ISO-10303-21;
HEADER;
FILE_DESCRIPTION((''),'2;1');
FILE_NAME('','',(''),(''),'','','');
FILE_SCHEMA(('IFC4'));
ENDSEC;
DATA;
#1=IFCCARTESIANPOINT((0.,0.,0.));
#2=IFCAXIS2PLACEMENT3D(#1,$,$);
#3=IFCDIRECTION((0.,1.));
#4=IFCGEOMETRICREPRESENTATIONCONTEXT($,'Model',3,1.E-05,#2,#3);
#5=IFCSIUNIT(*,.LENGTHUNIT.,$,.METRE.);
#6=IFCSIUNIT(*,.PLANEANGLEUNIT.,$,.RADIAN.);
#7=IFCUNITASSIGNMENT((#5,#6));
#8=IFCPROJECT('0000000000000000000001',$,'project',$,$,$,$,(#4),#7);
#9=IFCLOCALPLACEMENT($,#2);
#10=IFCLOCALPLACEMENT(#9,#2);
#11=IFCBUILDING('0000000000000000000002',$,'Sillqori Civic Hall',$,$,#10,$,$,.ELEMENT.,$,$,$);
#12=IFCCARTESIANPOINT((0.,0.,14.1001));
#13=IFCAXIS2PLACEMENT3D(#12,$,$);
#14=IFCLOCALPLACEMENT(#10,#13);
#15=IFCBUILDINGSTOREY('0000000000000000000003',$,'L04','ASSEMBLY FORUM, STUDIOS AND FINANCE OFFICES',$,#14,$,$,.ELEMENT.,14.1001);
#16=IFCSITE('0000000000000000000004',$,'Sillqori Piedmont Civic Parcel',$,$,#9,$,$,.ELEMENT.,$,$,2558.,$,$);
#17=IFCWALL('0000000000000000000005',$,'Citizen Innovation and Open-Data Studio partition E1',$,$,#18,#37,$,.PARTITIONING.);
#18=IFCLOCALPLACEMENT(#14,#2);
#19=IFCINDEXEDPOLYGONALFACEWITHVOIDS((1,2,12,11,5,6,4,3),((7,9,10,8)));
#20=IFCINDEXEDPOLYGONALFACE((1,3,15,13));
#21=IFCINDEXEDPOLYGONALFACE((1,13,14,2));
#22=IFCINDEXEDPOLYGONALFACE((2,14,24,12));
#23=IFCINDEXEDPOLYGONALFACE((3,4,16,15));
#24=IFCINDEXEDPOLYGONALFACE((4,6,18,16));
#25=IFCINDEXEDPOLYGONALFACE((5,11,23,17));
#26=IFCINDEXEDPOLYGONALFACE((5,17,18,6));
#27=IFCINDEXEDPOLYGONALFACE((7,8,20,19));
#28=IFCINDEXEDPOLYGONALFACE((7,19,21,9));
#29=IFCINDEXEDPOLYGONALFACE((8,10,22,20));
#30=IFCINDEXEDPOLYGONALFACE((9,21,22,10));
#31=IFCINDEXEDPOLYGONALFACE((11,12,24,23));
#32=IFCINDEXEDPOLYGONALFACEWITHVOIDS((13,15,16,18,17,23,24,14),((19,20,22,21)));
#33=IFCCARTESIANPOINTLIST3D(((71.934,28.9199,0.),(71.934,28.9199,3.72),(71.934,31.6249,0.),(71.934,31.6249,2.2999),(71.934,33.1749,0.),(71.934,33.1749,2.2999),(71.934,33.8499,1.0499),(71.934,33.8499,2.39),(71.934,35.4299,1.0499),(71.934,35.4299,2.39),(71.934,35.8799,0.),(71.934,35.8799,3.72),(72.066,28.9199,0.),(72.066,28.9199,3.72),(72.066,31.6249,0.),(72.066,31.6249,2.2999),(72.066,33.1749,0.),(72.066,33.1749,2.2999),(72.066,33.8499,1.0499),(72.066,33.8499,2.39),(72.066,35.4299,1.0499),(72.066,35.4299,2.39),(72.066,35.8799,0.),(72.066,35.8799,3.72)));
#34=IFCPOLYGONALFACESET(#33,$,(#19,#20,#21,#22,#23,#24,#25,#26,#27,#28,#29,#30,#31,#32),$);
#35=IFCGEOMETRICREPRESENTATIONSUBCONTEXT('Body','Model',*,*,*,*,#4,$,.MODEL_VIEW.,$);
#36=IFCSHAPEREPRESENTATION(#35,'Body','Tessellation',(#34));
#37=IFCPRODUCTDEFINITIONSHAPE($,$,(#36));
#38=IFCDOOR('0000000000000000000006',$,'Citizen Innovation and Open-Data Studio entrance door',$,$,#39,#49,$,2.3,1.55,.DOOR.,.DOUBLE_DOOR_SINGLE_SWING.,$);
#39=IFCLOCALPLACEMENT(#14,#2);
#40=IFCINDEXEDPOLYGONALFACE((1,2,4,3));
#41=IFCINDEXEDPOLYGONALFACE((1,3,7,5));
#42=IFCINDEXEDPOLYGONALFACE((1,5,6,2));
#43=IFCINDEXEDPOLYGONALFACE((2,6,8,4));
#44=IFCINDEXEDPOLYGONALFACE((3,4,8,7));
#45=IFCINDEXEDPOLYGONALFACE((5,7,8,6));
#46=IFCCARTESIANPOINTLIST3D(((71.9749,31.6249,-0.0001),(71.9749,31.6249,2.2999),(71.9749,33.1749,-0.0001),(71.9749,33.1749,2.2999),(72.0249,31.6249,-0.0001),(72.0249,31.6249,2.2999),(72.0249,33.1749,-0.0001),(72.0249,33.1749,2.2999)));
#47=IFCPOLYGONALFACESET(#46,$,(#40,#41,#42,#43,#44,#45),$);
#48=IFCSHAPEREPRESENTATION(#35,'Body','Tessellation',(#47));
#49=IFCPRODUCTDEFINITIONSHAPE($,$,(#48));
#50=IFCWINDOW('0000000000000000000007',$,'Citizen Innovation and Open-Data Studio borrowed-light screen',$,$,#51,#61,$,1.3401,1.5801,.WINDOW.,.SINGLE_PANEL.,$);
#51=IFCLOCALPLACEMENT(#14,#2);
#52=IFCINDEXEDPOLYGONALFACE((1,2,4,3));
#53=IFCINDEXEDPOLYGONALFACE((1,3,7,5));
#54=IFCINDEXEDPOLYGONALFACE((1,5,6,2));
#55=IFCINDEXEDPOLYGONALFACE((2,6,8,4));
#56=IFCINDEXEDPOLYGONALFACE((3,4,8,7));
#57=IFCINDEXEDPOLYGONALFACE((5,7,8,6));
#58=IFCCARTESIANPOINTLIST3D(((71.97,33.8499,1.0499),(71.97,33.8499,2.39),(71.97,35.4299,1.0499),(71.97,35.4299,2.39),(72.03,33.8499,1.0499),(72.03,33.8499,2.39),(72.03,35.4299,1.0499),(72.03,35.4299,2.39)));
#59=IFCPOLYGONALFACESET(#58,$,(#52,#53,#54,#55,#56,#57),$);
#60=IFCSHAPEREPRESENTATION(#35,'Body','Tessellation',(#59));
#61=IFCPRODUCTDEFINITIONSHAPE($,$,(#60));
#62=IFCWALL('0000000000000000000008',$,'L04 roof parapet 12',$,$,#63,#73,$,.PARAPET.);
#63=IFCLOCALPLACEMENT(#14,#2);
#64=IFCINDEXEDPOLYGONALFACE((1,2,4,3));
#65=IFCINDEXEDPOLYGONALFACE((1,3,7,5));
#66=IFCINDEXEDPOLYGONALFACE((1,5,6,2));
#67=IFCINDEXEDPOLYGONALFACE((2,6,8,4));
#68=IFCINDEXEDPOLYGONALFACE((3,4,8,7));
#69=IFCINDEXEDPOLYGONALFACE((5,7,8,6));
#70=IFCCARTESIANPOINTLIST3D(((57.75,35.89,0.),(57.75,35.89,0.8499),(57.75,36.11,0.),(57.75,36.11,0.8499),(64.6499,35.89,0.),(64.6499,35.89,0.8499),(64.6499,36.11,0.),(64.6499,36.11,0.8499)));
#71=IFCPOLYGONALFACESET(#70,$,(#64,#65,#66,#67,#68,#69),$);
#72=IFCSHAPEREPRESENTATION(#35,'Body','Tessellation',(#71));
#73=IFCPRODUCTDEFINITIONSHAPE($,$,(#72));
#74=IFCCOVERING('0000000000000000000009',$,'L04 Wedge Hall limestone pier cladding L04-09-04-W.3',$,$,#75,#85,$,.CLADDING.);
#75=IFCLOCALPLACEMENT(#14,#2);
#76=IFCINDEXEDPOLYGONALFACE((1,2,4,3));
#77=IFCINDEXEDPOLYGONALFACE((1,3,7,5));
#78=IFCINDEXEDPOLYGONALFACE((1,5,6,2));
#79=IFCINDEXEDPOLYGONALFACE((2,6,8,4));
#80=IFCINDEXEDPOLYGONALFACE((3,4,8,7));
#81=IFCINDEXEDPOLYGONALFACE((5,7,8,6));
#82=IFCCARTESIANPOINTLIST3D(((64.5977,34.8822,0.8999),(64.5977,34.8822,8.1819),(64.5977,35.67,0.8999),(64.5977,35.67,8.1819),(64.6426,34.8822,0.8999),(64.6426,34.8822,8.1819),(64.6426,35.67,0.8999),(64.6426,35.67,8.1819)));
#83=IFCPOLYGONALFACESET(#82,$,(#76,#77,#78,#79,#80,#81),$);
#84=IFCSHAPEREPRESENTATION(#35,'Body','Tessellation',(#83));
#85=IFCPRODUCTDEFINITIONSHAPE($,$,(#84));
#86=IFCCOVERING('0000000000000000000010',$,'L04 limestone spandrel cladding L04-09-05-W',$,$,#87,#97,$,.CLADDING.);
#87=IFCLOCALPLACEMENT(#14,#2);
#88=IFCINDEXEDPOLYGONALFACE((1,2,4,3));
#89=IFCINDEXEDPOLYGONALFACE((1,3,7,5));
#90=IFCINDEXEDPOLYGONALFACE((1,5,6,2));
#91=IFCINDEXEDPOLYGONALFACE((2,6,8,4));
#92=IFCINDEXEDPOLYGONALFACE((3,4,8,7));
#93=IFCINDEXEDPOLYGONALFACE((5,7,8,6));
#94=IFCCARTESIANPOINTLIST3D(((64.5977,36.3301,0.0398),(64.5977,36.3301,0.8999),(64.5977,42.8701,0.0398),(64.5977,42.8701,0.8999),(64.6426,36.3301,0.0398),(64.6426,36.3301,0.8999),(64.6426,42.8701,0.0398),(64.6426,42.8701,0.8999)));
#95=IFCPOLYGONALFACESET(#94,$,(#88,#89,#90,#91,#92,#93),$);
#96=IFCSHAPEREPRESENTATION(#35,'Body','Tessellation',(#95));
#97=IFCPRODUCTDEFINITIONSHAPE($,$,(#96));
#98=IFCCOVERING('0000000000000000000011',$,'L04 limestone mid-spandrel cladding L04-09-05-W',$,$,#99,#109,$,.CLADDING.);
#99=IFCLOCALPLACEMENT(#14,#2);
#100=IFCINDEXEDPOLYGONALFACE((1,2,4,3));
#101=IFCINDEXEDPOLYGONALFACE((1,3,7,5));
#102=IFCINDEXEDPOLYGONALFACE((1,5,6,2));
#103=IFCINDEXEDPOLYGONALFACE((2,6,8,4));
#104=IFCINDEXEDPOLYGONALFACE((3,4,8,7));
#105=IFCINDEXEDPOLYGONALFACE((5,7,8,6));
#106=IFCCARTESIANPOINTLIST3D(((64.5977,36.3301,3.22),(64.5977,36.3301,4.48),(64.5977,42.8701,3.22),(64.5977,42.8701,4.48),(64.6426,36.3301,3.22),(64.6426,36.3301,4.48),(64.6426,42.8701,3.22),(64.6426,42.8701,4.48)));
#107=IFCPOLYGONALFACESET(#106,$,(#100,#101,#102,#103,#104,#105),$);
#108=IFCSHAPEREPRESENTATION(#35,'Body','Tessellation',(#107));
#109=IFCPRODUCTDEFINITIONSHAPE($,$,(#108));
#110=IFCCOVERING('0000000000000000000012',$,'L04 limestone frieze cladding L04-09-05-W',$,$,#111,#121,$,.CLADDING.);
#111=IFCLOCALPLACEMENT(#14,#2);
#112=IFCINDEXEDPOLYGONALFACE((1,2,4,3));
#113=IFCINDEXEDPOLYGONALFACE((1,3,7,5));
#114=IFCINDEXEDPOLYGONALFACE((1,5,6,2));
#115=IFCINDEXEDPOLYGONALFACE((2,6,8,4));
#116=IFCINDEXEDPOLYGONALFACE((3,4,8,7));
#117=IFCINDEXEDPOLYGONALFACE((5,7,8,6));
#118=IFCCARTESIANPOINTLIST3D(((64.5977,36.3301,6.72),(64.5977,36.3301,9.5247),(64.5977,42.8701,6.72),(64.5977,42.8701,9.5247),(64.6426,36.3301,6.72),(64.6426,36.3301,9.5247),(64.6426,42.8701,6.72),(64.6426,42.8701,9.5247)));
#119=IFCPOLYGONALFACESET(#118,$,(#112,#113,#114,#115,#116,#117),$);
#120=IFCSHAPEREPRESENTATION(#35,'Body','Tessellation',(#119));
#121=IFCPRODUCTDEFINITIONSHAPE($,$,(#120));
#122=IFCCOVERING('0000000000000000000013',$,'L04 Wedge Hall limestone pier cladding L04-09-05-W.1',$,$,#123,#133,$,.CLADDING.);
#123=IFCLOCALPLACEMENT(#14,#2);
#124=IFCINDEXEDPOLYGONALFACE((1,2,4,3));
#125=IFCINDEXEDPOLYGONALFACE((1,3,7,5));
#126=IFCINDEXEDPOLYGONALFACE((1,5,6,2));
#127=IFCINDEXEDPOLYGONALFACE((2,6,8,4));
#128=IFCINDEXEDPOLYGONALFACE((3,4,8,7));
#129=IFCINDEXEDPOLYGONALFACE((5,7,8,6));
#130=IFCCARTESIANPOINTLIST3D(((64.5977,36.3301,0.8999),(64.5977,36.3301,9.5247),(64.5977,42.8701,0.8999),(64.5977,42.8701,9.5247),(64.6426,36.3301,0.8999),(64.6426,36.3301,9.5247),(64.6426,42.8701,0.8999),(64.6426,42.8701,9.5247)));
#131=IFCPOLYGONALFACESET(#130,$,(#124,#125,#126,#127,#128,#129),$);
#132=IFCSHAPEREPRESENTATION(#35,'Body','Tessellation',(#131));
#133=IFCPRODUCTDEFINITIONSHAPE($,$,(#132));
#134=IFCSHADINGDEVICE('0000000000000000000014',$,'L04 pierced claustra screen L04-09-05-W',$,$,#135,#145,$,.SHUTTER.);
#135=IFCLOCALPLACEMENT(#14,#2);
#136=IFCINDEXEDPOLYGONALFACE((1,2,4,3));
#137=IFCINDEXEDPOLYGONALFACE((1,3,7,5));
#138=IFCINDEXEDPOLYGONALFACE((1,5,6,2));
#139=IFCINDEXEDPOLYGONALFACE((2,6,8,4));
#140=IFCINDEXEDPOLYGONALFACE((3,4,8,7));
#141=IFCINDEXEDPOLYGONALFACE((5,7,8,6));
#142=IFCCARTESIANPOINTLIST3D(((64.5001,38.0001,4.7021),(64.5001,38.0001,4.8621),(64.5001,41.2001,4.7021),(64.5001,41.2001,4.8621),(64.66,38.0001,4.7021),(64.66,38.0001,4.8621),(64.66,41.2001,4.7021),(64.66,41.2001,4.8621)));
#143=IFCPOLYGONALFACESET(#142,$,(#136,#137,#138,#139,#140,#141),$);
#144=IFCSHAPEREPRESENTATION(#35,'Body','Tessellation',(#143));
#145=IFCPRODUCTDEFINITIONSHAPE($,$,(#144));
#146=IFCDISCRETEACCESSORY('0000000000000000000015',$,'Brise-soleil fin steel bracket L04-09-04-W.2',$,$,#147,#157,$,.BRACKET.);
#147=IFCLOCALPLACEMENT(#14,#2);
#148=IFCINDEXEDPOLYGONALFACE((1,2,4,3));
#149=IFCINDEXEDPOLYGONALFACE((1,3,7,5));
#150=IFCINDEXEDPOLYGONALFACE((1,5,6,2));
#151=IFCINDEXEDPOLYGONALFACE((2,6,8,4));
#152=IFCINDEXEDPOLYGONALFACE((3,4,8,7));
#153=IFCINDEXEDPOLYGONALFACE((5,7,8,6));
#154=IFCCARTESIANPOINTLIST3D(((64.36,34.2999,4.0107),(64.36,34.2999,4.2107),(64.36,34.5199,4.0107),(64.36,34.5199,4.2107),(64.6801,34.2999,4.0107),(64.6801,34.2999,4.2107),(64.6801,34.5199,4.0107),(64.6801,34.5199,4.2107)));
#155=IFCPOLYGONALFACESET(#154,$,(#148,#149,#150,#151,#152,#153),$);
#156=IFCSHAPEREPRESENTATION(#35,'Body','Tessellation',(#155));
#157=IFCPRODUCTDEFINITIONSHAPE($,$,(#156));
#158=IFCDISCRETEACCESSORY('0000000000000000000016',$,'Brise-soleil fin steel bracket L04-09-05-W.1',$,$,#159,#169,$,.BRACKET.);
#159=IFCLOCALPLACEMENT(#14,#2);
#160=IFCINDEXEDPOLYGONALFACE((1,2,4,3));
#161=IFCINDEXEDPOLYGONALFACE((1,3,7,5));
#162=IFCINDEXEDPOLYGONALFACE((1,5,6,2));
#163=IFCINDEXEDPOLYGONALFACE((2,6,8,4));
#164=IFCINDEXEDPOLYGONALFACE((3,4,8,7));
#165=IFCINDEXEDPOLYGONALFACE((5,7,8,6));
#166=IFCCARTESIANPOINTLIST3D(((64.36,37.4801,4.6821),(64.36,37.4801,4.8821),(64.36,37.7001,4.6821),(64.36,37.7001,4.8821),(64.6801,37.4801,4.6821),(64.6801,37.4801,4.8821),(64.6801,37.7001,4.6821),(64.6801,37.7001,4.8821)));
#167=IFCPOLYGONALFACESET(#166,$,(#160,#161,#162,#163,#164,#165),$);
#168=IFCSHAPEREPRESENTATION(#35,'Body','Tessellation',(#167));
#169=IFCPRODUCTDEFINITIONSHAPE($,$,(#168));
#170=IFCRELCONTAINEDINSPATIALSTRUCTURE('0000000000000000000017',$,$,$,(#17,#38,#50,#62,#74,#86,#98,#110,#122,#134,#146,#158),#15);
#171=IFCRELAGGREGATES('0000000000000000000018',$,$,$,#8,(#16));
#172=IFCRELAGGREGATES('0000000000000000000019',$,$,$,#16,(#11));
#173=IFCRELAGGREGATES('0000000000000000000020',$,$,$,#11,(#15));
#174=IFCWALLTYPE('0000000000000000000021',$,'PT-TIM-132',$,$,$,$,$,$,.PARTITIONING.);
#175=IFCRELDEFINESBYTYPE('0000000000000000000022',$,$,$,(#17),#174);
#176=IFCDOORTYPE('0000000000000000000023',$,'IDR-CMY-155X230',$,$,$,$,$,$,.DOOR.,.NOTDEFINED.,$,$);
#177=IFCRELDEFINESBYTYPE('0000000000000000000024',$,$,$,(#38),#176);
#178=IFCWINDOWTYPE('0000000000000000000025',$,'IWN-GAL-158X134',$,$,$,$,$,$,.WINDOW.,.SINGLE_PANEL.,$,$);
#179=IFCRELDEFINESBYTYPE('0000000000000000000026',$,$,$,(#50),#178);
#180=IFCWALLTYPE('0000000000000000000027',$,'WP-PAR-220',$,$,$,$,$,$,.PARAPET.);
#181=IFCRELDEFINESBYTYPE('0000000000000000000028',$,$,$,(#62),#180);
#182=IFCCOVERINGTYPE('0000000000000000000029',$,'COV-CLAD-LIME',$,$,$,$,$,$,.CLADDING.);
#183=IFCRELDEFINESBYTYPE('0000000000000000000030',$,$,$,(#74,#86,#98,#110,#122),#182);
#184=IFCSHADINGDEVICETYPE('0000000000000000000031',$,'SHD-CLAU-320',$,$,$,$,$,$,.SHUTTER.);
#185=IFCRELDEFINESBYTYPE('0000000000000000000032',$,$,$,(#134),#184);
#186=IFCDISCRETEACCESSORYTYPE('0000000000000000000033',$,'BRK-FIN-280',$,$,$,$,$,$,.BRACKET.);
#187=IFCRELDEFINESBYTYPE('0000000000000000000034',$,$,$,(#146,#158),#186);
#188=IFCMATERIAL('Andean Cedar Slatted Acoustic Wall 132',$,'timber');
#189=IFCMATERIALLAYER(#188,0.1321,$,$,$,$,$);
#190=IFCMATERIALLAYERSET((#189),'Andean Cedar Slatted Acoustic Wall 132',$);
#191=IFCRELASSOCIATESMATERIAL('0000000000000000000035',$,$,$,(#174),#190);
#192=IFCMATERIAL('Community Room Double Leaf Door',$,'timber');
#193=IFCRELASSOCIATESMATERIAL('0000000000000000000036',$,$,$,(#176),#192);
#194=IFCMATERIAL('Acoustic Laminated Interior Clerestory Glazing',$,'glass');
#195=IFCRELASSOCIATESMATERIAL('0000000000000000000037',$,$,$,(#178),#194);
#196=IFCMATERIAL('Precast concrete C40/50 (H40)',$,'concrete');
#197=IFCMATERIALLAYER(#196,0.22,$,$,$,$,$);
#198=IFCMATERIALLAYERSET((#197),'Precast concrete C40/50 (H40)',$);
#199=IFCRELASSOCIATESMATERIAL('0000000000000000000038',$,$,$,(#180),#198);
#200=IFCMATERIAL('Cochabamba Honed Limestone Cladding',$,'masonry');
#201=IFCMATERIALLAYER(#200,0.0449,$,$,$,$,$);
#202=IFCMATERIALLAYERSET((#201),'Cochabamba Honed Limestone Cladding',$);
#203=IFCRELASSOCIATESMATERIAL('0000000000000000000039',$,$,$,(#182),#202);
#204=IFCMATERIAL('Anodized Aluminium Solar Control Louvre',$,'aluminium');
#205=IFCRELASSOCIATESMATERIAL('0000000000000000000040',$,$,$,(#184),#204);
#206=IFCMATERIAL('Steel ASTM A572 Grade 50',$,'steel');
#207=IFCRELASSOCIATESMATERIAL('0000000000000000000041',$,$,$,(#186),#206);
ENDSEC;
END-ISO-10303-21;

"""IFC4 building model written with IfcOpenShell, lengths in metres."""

from ifc_helpers import new_model, si_unit, direction, frame, frame_2d, origin, origin_2d, place, context, subcontext, project, spatial, rectangle, extrude, material, layer, layer_set, type_object, element, fill, save


model = new_model("IFC4")

# Units and contexts
model_context = context("Model", 3, precision=1e-05, world=origin(), true_north=direction((0.0, 1.0)))
body_context = subcontext(model_context, "Body", "Model", "MODEL_VIEW")
ifc_project = project(units=[si_unit("LENGTHUNIT", "METRE"), si_unit("PLANEANGLEUNIT", "RADIAN")], contexts=[model_context])

# Site, building, storey
site_placement = place(None, origin())
site = spatial("IfcSite", under=ifc_project, at=site_placement, Name="Sillqori Piedmont Civic Parcel", CompositionType="ELEMENT", RefElevation=2558.0)
building_placement = place(site_placement, origin())
building = spatial("IfcBuilding", under=site, at=building_placement, Name="Sillqori Civic Hall", CompositionType="ELEMENT")
storey_placement = place(building_placement, frame((0.0, 0.0, 14.1001)))
storey = spatial("IfcBuildingStorey", under=building, at=storey_placement, Name="L04", Description="ASSEMBLY FORUM, STUDIOS AND FINANCE OFFICES", CompositionType="ELEMENT", Elevation=14.1001)

# Shared definitions
ifc_material_1 = material(Name="Precast concrete C40/50 (H40)", Category="concrete")

# Wall, openings, door, window
ifc_material_2 = material(Name="Andean Cedar Slatted Acoustic Wall 132", Category="timber")
ifc_layer_1 = layer(ifc_material_2, 0.1321)
ifc_layer_set_1 = layer_set([ifc_layer_1], Name="Andean Cedar Slatted Acoustic Wall 132")
wall_type_1 = type_object("IfcWallType", Name="PT-TIM-132", PredefinedType="PARTITIONING", material=ifc_layer_set_1)
wall_1_placement = place(storey_placement, frame((72.0, 35.8799, 0.0), z_axis=(0.0, 0.0, 1.0), x_axis=(0.0, -1.0, 0.0)))
wall_1 = element("IfcWall", 1, at=wall_1_placement, inside=storey, type_object=wall_type_1, Name="Citizen Innovation and Open-Data Studio partition E1", PredefinedType="PARTITIONING", context=body_context, shape_type="SweptSolid", body=[
    extrude(rectangle(XDim=6.96, YDim=0.1321, at=frame_2d((3.48, 0.0))), origin(), (0.0, 0.0, 1.0), 3.72),
])
opening_1_placement = place(wall_1_placement, frame((2.7051, 0.0, 0.0)))
opening_1 = element("IfcOpeningElement", 2, at=opening_1_placement, cuts=wall_1, PredefinedType="OPENING", context=body_context, shape_type="SweptSolid", body=[
    extrude(rectangle(XDim=1.55, YDim=2.3, at=frame_2d((0.7749, 1.1499))), frame((0.0, 0.0759, 0.0), z_axis=(0.0, -1.0, 0.0), x_axis=(1.0, 0.0, 0.0)), (0.0, 0.0, 1.0), 0.1521),
])
opening_2_placement = place(wall_1_placement, frame((0.45, 0.0, 1.05)))
opening_2 = element("IfcOpeningElement", 3, at=opening_2_placement, cuts=wall_1, PredefinedType="OPENING", context=body_context, shape_type="SweptSolid", body=[
    extrude(rectangle(XDim=1.5801, YDim=1.3401, at=frame_2d((0.79, 0.6699))), frame((0.0, 0.0759, 0.0), z_axis=(0.0, -1.0, 0.0), x_axis=(1.0, 0.0, 0.0)), (0.0, 0.0, 1.0), 0.1521),
])
ifc_material_3 = material(Name="Community Room Double Leaf Door", Category="timber")
door_type = type_object("IfcDoorType", Name="IDR-CMY-155X230", OperationType="NOTDEFINED", PredefinedType="DOOR", material=ifc_material_3)
door_placement = place(opening_1_placement, origin())
door = element("IfcDoor", 4, at=door_placement, inside=storey, type_object=door_type, Name="Citizen Innovation and Open-Data Studio entrance door", OperationType="DOUBLE_DOOR_SINGLE_SWING", OverallHeight=2.3, OverallWidth=1.55, PredefinedType="DOOR", context=body_context, shape_type="SweptSolid", body=[
    extrude(rectangle(XDim=1.55, YDim=2.3, at=frame_2d((0.7749, 1.1499))), frame((0.0, 0.0249, 0.0), z_axis=(0.0, -1.0, 0.0), x_axis=(1.0, 0.0, 0.0)), (0.0, 0.0, 1.0), 0.05),
])
fill(opening_1, door)
ifc_material_4 = material(Name="Acoustic Laminated Interior Clerestory Glazing", Category="glass")
window_type = type_object("IfcWindowType", Name="IWN-GAL-158X134", PartitioningType="SINGLE_PANEL", PredefinedType="WINDOW", material=ifc_material_4)
window_placement = place(opening_2_placement, origin())
window = element("IfcWindow", 5, at=window_placement, inside=storey, type_object=window_type, Name="Citizen Innovation and Open-Data Studio borrowed-light screen", OverallHeight=1.3401, OverallWidth=1.5801, PartitioningType="SINGLE_PANEL", PredefinedType="WINDOW", context=body_context, shape_type="SweptSolid", body=[
    extrude(rectangle(XDim=1.5801, YDim=1.3401, at=frame_2d((0.79, 0.6699))), frame((0.0, 0.03, 0.0), z_axis=(0.0, -1.0, 0.0), x_axis=(1.0, 0.0, 0.0)), (0.0, 0.0, 1.0), 0.0601),
])
fill(opening_2, window)

# Wall
ifc_layer_2 = layer(ifc_material_1, 0.22)
ifc_layer_set_2 = layer_set([ifc_layer_2], Name="Precast concrete C40/50 (H40)")
wall_type_2 = type_object("IfcWallType", Name="WP-PAR-220", PredefinedType="PARAPET", material=ifc_layer_set_2)
wall_2_placement = place(storey_placement, frame((64.6499, 36.0, 0.0), z_axis=(0.0, 0.0, 1.0), x_axis=(-1.0, 0.0, 0.0)))
element("IfcWall", 6, at=wall_2_placement, inside=storey, type_object=wall_type_2, Name="L04 roof parapet 12", PredefinedType="PARAPET", context=body_context, shape_type="SweptSolid", body=[
    extrude(rectangle(XDim=6.8999, YDim=0.22, at=frame_2d((3.45, 0.0))), origin(), (0.0, 0.0, 1.0), 0.8499),
])

# Coverings
ifc_material_5 = material(Name="Cochabamba Honed Limestone Cladding", Category="masonry")
ifc_layer_3 = layer(ifc_material_5, 0.0449)
ifc_layer_set_3 = layer_set([ifc_layer_3], Name="Cochabamba Honed Limestone Cladding")
covering_type = type_object("IfcCoveringType", Name="COV-CLAD-LIME", PredefinedType="CLADDING", material=ifc_layer_set_3)
covering_1_placement = place(storey_placement, frame((64.6201, 34.8821, 0.8999), z_axis=(0.0, 0.0, 1.0), x_axis=(0.0, 1.0, 0.0)))
element("IfcCovering", 7, at=covering_1_placement, inside=storey, type_object=covering_type, Name="L04 Wedge Hall limestone pier cladding L04-09-04-W.3", PredefinedType="CLADDING", context=body_context, shape_type="SweptSolid", body=[
    extrude(rectangle(XDim=0.7878, YDim=0.0449, at=frame_2d((0.394, 0.0))), origin(), (0.0, 0.0, 1.0), 7.282),
])
covering_2_placement = place(storey_placement, frame((64.6201, 36.3301, 0.0398), z_axis=(0.0, 0.0, 1.0), x_axis=(0.0, 1.0, 0.0)))
element("IfcCovering", 8, at=covering_2_placement, inside=storey, type_object=covering_type, Name="L04 limestone spandrel cladding L04-09-05-W", PredefinedType="CLADDING", context=body_context, shape_type="SweptSolid", body=[
    extrude(rectangle(XDim=6.54, YDim=0.0449, at=frame_2d((3.27, 0.0))), origin(), (0.0, 0.0, 1.0), 0.8601),
])
covering_3_placement = place(storey_placement, frame((64.6201, 36.3301, 3.22), z_axis=(0.0, 0.0, 1.0), x_axis=(0.0, 1.0, 0.0)))
element("IfcCovering", 9, at=covering_3_placement, inside=storey, type_object=covering_type, Name="L04 limestone mid-spandrel cladding L04-09-05-W", PredefinedType="CLADDING", context=body_context, shape_type="SweptSolid", body=[
    extrude(rectangle(XDim=6.54, YDim=0.0449, at=frame_2d((3.27, 0.0))), origin(), (0.0, 0.0, 1.0), 1.26),
])
covering_4_placement = place(storey_placement, frame((64.6201, 36.3301, 6.72), z_axis=(0.0, 0.0, 1.0), x_axis=(0.0, 1.0, 0.0)))
element("IfcCovering", 10, at=covering_4_placement, inside=storey, type_object=covering_type, Name="L04 limestone frieze cladding L04-09-05-W", PredefinedType="CLADDING", context=body_context, shape_type="SweptSolid", body=[
    extrude(rectangle(XDim=6.54, YDim=0.0449, at=frame_2d((3.27, 0.0))), origin(), (0.0, 0.0, 1.0), 2.8047),
])
covering_5_placement = place(storey_placement, frame((64.6201, 36.3301, 0.8999), z_axis=(0.0, 0.0, 1.0), x_axis=(0.0, 1.0, 0.0)))
element("IfcCovering", 11, at=covering_5_placement, inside=storey, type_object=covering_type, Name="L04 Wedge Hall limestone pier cladding L04-09-05-W.1", PredefinedType="CLADDING", context=body_context, shape_type="SweptSolid", body=[
    extrude(rectangle(XDim=6.54, YDim=0.0449, at=frame_2d((3.27, 0.0))), origin(), (0.0, 0.0, 1.0), 8.6248),
])

# Shading device
ifc_material_6 = material(Name="Anodized Aluminium Solar Control Louvre", Category="aluminium")
shading_device_type = type_object("IfcShadingDeviceType", Name="SHD-CLAU-320", PredefinedType="SHUTTER", material=ifc_material_6)
shading_device_placement = place(storey_placement, frame((64.5801, 39.6001, 4.7021), z_axis=(0.0, 0.0, 1.0), x_axis=(0.0, 1.0, 0.0)))
element("IfcShadingDevice", 12, at=shading_device_placement, inside=storey, type_object=shading_device_type, Name="L04 pierced claustra screen L04-09-05-W", PredefinedType="SHUTTER", context=body_context, shape_type="SweptSolid", body=[
    extrude(rectangle(XDim=3.2, YDim=0.1599, at=origin_2d()), origin(), (0.0, 0.0, 1.0), 0.1599),
])

# Discrete accessories
ifc_material_7 = material(Name="Steel ASTM A572 Grade 50", Category="steel")
discrete_accessory_type = type_object("IfcDiscreteAccessoryType", Name="BRK-FIN-280", PredefinedType="BRACKET", material=ifc_material_7)
for number, where, z_axis, x_axis, name in (
    (13, (64.52, 34.4099, 4.0107), (0.0, 0.0, 1.0), (0.0, 1.0, 0.0), "Brise-soleil fin steel bracket L04-09-04-W.2"),
    (14, (64.52, 37.5901, 4.6821), (0.0, 0.0, 1.0), (0.0, 1.0, 0.0), "Brise-soleil fin steel bracket L04-09-05-W.1"),
):
    element("IfcDiscreteAccessory", number, at=place(storey_placement, frame(where, z_axis=z_axis, x_axis=x_axis)), inside=storey, type_object=discrete_accessory_type, Name=name, PredefinedType="BRACKET", context=body_context, shape_type="SweptSolid", body=[
        extrude(rectangle(XDim=0.22, YDim=0.3201, at=origin_2d()), origin(), (0.0, 0.0, 1.0), 0.2),
    ])

save(model, "model.ifc")
